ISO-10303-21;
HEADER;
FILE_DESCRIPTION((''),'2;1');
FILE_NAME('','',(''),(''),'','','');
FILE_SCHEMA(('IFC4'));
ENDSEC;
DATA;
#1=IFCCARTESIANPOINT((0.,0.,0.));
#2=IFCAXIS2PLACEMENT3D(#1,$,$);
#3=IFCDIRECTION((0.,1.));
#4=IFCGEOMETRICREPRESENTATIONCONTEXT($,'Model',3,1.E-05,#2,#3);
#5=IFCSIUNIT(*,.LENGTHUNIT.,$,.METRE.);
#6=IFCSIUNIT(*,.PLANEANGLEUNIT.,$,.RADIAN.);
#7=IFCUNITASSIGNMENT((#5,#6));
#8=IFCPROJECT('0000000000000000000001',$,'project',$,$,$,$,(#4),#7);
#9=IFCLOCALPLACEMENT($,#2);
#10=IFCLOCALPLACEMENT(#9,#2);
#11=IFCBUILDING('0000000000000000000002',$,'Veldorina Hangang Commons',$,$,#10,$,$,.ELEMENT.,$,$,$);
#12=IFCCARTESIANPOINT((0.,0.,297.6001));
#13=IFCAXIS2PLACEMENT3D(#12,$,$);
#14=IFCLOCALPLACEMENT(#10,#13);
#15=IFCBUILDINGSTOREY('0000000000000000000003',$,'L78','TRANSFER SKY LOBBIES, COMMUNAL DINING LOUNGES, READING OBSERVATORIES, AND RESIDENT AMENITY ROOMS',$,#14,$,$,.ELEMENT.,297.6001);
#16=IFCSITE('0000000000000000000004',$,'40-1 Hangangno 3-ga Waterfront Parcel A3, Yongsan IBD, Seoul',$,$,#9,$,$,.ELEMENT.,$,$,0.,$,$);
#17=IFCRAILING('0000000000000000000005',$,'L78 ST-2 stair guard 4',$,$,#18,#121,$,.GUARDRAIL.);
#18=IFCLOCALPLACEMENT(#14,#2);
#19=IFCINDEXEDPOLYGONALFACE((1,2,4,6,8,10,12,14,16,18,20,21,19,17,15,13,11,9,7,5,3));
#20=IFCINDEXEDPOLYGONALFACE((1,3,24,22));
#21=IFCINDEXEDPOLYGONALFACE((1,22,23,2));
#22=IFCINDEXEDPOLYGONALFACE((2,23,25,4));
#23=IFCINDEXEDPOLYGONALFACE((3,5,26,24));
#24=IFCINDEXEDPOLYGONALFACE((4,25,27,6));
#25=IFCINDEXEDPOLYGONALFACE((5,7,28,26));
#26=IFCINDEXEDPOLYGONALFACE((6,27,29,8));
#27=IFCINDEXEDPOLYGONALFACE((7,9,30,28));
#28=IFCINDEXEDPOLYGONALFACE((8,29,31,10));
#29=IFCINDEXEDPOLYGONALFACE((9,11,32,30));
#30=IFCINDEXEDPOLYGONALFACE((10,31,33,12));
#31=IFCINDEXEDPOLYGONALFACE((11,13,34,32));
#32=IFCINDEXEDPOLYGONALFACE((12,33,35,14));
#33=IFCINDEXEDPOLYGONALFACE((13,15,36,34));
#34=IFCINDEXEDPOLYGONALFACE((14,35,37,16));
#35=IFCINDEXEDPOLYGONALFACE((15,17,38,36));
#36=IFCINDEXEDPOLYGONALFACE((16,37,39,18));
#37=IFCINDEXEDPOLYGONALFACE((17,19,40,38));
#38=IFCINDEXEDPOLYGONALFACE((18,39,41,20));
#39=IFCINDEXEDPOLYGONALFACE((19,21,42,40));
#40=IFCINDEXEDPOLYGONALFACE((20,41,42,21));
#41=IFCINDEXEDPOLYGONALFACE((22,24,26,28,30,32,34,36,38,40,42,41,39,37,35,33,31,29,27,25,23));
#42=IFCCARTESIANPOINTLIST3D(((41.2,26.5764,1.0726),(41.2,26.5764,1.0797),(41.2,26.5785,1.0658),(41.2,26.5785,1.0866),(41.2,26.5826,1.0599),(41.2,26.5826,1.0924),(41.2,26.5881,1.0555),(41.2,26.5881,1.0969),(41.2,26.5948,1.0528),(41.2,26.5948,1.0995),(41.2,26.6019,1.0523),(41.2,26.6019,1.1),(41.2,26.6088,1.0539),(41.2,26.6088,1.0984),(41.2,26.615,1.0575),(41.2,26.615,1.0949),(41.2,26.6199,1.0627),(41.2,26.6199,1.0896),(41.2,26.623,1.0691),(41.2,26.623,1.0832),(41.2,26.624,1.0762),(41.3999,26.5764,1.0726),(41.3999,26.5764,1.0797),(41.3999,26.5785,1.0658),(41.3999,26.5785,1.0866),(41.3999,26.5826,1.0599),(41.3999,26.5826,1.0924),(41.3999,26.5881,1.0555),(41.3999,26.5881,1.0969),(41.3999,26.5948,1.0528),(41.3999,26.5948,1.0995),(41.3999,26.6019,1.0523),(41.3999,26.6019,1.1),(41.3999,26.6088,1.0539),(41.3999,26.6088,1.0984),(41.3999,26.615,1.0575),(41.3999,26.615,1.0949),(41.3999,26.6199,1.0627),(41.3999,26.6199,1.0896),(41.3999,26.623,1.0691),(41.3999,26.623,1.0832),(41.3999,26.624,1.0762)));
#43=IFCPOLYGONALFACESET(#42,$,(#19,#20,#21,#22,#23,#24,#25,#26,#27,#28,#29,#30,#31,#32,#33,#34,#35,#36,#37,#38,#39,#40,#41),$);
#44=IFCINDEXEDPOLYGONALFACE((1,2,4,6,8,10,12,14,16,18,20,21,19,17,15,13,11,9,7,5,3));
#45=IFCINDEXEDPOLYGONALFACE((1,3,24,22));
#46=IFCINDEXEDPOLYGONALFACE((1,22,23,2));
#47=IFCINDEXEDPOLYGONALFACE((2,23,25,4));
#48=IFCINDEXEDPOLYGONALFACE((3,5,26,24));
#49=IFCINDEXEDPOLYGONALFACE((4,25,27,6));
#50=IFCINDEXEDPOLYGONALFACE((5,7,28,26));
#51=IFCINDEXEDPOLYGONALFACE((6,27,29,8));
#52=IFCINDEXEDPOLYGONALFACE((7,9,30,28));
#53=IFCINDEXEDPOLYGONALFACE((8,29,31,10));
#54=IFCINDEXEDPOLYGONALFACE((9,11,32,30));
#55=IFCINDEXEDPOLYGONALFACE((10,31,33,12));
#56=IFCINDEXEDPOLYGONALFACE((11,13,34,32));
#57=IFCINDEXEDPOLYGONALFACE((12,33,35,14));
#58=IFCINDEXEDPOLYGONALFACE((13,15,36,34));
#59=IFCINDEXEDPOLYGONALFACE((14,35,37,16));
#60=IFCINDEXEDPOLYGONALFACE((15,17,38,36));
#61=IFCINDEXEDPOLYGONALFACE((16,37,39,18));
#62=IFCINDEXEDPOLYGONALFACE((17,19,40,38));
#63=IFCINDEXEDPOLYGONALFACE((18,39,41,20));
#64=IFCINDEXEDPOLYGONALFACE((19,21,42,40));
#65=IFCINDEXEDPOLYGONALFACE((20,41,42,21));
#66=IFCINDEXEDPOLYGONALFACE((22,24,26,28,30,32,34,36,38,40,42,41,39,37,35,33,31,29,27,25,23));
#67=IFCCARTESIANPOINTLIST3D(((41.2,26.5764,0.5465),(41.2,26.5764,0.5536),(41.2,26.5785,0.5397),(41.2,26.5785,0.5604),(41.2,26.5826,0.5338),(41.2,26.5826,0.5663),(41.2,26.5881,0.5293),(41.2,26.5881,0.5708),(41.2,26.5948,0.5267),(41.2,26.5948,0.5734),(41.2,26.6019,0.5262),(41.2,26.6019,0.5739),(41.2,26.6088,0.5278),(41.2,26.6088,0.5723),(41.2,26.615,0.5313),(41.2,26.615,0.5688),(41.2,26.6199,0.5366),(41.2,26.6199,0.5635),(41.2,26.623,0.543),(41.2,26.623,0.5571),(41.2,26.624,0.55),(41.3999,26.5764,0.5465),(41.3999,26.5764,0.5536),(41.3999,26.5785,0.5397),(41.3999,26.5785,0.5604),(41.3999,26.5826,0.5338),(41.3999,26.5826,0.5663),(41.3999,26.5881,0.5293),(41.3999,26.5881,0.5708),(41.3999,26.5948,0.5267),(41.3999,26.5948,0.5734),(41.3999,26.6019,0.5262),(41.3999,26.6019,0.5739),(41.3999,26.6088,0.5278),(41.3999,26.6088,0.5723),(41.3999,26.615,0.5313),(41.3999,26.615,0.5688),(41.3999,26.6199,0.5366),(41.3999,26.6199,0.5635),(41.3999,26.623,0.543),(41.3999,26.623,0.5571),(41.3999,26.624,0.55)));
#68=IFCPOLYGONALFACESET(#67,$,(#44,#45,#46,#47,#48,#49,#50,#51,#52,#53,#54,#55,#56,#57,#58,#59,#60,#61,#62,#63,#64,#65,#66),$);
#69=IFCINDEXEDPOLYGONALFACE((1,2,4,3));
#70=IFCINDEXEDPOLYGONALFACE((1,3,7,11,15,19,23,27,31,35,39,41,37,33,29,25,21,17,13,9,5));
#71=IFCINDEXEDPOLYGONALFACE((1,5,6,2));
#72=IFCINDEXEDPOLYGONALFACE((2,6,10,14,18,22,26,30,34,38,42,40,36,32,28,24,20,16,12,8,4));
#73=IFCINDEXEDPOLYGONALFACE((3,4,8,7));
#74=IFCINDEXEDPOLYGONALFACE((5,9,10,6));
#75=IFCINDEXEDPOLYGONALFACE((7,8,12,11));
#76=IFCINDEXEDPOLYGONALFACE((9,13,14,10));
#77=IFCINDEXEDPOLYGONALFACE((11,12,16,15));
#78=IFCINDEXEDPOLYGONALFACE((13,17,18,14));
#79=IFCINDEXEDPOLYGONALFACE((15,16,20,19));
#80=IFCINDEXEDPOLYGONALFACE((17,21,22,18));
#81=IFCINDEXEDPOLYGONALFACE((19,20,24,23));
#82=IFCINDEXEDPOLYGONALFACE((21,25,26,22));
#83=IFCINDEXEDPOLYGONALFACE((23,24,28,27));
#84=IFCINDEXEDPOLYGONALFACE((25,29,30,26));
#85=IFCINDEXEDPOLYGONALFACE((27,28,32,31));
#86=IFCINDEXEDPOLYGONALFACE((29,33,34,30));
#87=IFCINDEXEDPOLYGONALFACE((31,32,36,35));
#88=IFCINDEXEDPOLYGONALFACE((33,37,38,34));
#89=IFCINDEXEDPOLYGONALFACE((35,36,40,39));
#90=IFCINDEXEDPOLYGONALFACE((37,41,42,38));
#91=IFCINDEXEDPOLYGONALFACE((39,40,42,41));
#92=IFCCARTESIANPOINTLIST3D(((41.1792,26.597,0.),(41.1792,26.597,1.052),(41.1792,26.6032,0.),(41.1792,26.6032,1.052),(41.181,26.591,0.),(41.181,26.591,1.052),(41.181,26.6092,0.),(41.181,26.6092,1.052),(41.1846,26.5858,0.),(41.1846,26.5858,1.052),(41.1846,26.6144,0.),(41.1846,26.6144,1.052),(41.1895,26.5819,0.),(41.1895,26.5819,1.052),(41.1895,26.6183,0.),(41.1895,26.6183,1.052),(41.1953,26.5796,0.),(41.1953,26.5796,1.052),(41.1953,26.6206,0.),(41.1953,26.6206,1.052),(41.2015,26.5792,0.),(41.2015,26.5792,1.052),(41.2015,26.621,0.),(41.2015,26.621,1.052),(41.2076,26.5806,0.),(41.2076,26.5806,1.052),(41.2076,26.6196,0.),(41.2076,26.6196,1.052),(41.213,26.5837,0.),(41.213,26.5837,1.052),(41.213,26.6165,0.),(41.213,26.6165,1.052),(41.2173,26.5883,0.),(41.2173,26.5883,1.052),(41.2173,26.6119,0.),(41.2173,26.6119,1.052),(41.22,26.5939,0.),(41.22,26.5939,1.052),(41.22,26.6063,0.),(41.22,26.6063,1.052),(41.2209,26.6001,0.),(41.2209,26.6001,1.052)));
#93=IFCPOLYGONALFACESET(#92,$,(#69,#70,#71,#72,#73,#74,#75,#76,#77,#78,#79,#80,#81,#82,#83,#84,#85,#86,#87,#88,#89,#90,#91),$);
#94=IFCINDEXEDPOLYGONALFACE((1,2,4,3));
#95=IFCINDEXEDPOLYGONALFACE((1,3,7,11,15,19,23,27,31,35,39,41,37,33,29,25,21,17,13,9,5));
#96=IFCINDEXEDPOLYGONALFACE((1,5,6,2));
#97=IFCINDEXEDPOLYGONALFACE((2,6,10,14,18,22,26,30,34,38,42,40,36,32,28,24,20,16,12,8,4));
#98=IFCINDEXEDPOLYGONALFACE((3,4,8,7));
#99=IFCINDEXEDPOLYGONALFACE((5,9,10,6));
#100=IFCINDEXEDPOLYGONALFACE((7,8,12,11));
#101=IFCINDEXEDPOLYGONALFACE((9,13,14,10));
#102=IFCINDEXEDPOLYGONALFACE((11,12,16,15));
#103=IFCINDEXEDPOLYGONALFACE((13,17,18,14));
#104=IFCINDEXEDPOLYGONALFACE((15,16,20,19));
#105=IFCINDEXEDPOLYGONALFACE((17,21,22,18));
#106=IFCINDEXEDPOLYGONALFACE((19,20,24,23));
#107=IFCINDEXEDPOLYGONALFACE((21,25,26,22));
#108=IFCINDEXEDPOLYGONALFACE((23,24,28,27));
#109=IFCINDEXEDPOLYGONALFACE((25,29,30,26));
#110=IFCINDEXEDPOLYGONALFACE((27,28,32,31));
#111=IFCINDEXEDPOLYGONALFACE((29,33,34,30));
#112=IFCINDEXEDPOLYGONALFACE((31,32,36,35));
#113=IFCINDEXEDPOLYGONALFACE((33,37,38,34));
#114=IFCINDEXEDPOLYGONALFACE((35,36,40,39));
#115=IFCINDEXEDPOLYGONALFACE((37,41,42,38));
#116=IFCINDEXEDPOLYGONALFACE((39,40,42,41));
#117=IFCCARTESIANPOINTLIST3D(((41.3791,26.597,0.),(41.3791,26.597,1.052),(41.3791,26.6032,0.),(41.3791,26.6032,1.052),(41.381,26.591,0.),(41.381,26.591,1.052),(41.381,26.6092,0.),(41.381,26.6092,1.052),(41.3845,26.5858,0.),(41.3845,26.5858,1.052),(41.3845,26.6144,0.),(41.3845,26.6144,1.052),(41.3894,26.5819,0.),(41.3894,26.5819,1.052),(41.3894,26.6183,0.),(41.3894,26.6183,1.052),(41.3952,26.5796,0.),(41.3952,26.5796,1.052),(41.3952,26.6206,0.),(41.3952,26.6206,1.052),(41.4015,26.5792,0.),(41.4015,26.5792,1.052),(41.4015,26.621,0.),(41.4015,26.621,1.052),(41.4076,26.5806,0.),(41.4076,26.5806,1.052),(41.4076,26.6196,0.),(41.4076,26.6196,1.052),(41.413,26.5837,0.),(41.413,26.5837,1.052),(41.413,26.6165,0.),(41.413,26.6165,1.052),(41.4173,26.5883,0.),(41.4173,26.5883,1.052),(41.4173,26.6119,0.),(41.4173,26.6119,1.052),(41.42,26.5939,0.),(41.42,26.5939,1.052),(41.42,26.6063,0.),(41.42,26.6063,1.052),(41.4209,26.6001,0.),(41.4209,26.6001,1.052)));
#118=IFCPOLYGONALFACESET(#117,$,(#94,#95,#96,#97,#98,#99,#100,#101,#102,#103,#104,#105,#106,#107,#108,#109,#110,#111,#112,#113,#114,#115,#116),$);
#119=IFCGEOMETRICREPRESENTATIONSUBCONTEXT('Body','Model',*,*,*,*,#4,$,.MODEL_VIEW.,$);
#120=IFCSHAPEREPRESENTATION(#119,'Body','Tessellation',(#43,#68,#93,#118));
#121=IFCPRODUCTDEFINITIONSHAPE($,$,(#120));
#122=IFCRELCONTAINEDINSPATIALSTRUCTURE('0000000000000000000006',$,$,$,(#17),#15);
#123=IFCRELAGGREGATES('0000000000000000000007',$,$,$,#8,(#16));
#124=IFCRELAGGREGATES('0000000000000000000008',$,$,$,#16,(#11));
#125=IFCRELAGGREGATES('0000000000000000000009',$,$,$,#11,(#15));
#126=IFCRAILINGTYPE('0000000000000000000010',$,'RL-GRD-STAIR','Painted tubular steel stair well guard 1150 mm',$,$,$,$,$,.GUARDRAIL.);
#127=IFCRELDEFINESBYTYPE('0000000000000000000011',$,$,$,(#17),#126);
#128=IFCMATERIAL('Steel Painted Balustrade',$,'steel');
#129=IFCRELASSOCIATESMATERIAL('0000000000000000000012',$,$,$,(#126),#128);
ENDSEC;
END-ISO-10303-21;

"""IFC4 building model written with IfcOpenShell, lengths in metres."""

from ifc_helpers import new_model, si_unit, direction, frame, origin, origin_2d, place, context, subcontext, project, spatial, circle, extrude, material, type_object, element, save


model = new_model("IFC4")

# Units and contexts
model_context = context("Model", 3, precision=1e-05, world=origin(), true_north=direction((0.0, 1.0)))
body_context = subcontext(model_context, "Body", "Model", "MODEL_VIEW")
ifc_project = project(units=[si_unit("LENGTHUNIT", "METRE"), si_unit("PLANEANGLEUNIT", "RADIAN")], contexts=[model_context])

# Site, building, storey
site_placement = place(None, origin())
site = spatial("IfcSite", under=ifc_project, at=site_placement, Name="40-1 Hangangno 3-ga Waterfront Parcel A3, Yongsan IBD, Seoul", CompositionType="ELEMENT", RefElevation=0.0)
building_placement = place(site_placement, origin())
building = spatial("IfcBuilding", under=site, at=building_placement, Name="Veldorina Hangang Commons", CompositionType="ELEMENT")
storey_placement = place(building_placement, frame((0.0, 0.0, 297.6001)))
storey = spatial("IfcBuildingStorey", under=building, at=storey_placement, Name="L78", Description="TRANSFER SKY LOBBIES, COMMUNAL DINING LOUNGES, READING OBSERVATORIES, AND RESIDENT AMENITY ROOMS", CompositionType="ELEMENT", Elevation=297.6001)

# Railing
ifc_material_1 = material(Name="Steel Painted Balustrade", Category="steel")
railing_type_1 = type_object("IfcRailingType", Name="RL-GRD-STAIR", Description="Painted tubular steel stair well guard 1150 mm", PredefinedType="GUARDRAIL", material=ifc_material_1)
railing_1_placement = place(storey_placement, frame((41.2, 26.6001, 0.0)))
element("IfcRailing", 1, at=railing_1_placement, inside=storey, type_object=railing_type_1, Name="L78 ST-2 stair guard 4", PredefinedType="GUARDRAIL", context=body_context, shape_type="SweptSolid", body=[
    extrude(circle(Radius=0.0239, at=origin_2d()), frame((0.0, 0.0, 1.0762), z_axis=(1.0, 0.0, 0.0), x_axis=(0.0, 1.0, 0.0)), (0.0, 0.0, 1.0), 0.2),
    extrude(circle(Radius=0.0239, at=origin_2d()), frame((0.0, 0.0, 0.55), z_axis=(1.0, 0.0, 0.0), x_axis=(0.0, 1.0, 0.0)), (0.0, 0.0, 1.0), 0.2),
    extrude(circle(Radius=0.021, at=origin_2d()), origin(), (0.0, 0.0, 1.0), 1.052),
    extrude(circle(Radius=0.021, at=origin_2d()), frame((0.2, 0.0, 0.0)), (0.0, 0.0, 1.0), 1.052),
])

save(model, "model.ifc")
